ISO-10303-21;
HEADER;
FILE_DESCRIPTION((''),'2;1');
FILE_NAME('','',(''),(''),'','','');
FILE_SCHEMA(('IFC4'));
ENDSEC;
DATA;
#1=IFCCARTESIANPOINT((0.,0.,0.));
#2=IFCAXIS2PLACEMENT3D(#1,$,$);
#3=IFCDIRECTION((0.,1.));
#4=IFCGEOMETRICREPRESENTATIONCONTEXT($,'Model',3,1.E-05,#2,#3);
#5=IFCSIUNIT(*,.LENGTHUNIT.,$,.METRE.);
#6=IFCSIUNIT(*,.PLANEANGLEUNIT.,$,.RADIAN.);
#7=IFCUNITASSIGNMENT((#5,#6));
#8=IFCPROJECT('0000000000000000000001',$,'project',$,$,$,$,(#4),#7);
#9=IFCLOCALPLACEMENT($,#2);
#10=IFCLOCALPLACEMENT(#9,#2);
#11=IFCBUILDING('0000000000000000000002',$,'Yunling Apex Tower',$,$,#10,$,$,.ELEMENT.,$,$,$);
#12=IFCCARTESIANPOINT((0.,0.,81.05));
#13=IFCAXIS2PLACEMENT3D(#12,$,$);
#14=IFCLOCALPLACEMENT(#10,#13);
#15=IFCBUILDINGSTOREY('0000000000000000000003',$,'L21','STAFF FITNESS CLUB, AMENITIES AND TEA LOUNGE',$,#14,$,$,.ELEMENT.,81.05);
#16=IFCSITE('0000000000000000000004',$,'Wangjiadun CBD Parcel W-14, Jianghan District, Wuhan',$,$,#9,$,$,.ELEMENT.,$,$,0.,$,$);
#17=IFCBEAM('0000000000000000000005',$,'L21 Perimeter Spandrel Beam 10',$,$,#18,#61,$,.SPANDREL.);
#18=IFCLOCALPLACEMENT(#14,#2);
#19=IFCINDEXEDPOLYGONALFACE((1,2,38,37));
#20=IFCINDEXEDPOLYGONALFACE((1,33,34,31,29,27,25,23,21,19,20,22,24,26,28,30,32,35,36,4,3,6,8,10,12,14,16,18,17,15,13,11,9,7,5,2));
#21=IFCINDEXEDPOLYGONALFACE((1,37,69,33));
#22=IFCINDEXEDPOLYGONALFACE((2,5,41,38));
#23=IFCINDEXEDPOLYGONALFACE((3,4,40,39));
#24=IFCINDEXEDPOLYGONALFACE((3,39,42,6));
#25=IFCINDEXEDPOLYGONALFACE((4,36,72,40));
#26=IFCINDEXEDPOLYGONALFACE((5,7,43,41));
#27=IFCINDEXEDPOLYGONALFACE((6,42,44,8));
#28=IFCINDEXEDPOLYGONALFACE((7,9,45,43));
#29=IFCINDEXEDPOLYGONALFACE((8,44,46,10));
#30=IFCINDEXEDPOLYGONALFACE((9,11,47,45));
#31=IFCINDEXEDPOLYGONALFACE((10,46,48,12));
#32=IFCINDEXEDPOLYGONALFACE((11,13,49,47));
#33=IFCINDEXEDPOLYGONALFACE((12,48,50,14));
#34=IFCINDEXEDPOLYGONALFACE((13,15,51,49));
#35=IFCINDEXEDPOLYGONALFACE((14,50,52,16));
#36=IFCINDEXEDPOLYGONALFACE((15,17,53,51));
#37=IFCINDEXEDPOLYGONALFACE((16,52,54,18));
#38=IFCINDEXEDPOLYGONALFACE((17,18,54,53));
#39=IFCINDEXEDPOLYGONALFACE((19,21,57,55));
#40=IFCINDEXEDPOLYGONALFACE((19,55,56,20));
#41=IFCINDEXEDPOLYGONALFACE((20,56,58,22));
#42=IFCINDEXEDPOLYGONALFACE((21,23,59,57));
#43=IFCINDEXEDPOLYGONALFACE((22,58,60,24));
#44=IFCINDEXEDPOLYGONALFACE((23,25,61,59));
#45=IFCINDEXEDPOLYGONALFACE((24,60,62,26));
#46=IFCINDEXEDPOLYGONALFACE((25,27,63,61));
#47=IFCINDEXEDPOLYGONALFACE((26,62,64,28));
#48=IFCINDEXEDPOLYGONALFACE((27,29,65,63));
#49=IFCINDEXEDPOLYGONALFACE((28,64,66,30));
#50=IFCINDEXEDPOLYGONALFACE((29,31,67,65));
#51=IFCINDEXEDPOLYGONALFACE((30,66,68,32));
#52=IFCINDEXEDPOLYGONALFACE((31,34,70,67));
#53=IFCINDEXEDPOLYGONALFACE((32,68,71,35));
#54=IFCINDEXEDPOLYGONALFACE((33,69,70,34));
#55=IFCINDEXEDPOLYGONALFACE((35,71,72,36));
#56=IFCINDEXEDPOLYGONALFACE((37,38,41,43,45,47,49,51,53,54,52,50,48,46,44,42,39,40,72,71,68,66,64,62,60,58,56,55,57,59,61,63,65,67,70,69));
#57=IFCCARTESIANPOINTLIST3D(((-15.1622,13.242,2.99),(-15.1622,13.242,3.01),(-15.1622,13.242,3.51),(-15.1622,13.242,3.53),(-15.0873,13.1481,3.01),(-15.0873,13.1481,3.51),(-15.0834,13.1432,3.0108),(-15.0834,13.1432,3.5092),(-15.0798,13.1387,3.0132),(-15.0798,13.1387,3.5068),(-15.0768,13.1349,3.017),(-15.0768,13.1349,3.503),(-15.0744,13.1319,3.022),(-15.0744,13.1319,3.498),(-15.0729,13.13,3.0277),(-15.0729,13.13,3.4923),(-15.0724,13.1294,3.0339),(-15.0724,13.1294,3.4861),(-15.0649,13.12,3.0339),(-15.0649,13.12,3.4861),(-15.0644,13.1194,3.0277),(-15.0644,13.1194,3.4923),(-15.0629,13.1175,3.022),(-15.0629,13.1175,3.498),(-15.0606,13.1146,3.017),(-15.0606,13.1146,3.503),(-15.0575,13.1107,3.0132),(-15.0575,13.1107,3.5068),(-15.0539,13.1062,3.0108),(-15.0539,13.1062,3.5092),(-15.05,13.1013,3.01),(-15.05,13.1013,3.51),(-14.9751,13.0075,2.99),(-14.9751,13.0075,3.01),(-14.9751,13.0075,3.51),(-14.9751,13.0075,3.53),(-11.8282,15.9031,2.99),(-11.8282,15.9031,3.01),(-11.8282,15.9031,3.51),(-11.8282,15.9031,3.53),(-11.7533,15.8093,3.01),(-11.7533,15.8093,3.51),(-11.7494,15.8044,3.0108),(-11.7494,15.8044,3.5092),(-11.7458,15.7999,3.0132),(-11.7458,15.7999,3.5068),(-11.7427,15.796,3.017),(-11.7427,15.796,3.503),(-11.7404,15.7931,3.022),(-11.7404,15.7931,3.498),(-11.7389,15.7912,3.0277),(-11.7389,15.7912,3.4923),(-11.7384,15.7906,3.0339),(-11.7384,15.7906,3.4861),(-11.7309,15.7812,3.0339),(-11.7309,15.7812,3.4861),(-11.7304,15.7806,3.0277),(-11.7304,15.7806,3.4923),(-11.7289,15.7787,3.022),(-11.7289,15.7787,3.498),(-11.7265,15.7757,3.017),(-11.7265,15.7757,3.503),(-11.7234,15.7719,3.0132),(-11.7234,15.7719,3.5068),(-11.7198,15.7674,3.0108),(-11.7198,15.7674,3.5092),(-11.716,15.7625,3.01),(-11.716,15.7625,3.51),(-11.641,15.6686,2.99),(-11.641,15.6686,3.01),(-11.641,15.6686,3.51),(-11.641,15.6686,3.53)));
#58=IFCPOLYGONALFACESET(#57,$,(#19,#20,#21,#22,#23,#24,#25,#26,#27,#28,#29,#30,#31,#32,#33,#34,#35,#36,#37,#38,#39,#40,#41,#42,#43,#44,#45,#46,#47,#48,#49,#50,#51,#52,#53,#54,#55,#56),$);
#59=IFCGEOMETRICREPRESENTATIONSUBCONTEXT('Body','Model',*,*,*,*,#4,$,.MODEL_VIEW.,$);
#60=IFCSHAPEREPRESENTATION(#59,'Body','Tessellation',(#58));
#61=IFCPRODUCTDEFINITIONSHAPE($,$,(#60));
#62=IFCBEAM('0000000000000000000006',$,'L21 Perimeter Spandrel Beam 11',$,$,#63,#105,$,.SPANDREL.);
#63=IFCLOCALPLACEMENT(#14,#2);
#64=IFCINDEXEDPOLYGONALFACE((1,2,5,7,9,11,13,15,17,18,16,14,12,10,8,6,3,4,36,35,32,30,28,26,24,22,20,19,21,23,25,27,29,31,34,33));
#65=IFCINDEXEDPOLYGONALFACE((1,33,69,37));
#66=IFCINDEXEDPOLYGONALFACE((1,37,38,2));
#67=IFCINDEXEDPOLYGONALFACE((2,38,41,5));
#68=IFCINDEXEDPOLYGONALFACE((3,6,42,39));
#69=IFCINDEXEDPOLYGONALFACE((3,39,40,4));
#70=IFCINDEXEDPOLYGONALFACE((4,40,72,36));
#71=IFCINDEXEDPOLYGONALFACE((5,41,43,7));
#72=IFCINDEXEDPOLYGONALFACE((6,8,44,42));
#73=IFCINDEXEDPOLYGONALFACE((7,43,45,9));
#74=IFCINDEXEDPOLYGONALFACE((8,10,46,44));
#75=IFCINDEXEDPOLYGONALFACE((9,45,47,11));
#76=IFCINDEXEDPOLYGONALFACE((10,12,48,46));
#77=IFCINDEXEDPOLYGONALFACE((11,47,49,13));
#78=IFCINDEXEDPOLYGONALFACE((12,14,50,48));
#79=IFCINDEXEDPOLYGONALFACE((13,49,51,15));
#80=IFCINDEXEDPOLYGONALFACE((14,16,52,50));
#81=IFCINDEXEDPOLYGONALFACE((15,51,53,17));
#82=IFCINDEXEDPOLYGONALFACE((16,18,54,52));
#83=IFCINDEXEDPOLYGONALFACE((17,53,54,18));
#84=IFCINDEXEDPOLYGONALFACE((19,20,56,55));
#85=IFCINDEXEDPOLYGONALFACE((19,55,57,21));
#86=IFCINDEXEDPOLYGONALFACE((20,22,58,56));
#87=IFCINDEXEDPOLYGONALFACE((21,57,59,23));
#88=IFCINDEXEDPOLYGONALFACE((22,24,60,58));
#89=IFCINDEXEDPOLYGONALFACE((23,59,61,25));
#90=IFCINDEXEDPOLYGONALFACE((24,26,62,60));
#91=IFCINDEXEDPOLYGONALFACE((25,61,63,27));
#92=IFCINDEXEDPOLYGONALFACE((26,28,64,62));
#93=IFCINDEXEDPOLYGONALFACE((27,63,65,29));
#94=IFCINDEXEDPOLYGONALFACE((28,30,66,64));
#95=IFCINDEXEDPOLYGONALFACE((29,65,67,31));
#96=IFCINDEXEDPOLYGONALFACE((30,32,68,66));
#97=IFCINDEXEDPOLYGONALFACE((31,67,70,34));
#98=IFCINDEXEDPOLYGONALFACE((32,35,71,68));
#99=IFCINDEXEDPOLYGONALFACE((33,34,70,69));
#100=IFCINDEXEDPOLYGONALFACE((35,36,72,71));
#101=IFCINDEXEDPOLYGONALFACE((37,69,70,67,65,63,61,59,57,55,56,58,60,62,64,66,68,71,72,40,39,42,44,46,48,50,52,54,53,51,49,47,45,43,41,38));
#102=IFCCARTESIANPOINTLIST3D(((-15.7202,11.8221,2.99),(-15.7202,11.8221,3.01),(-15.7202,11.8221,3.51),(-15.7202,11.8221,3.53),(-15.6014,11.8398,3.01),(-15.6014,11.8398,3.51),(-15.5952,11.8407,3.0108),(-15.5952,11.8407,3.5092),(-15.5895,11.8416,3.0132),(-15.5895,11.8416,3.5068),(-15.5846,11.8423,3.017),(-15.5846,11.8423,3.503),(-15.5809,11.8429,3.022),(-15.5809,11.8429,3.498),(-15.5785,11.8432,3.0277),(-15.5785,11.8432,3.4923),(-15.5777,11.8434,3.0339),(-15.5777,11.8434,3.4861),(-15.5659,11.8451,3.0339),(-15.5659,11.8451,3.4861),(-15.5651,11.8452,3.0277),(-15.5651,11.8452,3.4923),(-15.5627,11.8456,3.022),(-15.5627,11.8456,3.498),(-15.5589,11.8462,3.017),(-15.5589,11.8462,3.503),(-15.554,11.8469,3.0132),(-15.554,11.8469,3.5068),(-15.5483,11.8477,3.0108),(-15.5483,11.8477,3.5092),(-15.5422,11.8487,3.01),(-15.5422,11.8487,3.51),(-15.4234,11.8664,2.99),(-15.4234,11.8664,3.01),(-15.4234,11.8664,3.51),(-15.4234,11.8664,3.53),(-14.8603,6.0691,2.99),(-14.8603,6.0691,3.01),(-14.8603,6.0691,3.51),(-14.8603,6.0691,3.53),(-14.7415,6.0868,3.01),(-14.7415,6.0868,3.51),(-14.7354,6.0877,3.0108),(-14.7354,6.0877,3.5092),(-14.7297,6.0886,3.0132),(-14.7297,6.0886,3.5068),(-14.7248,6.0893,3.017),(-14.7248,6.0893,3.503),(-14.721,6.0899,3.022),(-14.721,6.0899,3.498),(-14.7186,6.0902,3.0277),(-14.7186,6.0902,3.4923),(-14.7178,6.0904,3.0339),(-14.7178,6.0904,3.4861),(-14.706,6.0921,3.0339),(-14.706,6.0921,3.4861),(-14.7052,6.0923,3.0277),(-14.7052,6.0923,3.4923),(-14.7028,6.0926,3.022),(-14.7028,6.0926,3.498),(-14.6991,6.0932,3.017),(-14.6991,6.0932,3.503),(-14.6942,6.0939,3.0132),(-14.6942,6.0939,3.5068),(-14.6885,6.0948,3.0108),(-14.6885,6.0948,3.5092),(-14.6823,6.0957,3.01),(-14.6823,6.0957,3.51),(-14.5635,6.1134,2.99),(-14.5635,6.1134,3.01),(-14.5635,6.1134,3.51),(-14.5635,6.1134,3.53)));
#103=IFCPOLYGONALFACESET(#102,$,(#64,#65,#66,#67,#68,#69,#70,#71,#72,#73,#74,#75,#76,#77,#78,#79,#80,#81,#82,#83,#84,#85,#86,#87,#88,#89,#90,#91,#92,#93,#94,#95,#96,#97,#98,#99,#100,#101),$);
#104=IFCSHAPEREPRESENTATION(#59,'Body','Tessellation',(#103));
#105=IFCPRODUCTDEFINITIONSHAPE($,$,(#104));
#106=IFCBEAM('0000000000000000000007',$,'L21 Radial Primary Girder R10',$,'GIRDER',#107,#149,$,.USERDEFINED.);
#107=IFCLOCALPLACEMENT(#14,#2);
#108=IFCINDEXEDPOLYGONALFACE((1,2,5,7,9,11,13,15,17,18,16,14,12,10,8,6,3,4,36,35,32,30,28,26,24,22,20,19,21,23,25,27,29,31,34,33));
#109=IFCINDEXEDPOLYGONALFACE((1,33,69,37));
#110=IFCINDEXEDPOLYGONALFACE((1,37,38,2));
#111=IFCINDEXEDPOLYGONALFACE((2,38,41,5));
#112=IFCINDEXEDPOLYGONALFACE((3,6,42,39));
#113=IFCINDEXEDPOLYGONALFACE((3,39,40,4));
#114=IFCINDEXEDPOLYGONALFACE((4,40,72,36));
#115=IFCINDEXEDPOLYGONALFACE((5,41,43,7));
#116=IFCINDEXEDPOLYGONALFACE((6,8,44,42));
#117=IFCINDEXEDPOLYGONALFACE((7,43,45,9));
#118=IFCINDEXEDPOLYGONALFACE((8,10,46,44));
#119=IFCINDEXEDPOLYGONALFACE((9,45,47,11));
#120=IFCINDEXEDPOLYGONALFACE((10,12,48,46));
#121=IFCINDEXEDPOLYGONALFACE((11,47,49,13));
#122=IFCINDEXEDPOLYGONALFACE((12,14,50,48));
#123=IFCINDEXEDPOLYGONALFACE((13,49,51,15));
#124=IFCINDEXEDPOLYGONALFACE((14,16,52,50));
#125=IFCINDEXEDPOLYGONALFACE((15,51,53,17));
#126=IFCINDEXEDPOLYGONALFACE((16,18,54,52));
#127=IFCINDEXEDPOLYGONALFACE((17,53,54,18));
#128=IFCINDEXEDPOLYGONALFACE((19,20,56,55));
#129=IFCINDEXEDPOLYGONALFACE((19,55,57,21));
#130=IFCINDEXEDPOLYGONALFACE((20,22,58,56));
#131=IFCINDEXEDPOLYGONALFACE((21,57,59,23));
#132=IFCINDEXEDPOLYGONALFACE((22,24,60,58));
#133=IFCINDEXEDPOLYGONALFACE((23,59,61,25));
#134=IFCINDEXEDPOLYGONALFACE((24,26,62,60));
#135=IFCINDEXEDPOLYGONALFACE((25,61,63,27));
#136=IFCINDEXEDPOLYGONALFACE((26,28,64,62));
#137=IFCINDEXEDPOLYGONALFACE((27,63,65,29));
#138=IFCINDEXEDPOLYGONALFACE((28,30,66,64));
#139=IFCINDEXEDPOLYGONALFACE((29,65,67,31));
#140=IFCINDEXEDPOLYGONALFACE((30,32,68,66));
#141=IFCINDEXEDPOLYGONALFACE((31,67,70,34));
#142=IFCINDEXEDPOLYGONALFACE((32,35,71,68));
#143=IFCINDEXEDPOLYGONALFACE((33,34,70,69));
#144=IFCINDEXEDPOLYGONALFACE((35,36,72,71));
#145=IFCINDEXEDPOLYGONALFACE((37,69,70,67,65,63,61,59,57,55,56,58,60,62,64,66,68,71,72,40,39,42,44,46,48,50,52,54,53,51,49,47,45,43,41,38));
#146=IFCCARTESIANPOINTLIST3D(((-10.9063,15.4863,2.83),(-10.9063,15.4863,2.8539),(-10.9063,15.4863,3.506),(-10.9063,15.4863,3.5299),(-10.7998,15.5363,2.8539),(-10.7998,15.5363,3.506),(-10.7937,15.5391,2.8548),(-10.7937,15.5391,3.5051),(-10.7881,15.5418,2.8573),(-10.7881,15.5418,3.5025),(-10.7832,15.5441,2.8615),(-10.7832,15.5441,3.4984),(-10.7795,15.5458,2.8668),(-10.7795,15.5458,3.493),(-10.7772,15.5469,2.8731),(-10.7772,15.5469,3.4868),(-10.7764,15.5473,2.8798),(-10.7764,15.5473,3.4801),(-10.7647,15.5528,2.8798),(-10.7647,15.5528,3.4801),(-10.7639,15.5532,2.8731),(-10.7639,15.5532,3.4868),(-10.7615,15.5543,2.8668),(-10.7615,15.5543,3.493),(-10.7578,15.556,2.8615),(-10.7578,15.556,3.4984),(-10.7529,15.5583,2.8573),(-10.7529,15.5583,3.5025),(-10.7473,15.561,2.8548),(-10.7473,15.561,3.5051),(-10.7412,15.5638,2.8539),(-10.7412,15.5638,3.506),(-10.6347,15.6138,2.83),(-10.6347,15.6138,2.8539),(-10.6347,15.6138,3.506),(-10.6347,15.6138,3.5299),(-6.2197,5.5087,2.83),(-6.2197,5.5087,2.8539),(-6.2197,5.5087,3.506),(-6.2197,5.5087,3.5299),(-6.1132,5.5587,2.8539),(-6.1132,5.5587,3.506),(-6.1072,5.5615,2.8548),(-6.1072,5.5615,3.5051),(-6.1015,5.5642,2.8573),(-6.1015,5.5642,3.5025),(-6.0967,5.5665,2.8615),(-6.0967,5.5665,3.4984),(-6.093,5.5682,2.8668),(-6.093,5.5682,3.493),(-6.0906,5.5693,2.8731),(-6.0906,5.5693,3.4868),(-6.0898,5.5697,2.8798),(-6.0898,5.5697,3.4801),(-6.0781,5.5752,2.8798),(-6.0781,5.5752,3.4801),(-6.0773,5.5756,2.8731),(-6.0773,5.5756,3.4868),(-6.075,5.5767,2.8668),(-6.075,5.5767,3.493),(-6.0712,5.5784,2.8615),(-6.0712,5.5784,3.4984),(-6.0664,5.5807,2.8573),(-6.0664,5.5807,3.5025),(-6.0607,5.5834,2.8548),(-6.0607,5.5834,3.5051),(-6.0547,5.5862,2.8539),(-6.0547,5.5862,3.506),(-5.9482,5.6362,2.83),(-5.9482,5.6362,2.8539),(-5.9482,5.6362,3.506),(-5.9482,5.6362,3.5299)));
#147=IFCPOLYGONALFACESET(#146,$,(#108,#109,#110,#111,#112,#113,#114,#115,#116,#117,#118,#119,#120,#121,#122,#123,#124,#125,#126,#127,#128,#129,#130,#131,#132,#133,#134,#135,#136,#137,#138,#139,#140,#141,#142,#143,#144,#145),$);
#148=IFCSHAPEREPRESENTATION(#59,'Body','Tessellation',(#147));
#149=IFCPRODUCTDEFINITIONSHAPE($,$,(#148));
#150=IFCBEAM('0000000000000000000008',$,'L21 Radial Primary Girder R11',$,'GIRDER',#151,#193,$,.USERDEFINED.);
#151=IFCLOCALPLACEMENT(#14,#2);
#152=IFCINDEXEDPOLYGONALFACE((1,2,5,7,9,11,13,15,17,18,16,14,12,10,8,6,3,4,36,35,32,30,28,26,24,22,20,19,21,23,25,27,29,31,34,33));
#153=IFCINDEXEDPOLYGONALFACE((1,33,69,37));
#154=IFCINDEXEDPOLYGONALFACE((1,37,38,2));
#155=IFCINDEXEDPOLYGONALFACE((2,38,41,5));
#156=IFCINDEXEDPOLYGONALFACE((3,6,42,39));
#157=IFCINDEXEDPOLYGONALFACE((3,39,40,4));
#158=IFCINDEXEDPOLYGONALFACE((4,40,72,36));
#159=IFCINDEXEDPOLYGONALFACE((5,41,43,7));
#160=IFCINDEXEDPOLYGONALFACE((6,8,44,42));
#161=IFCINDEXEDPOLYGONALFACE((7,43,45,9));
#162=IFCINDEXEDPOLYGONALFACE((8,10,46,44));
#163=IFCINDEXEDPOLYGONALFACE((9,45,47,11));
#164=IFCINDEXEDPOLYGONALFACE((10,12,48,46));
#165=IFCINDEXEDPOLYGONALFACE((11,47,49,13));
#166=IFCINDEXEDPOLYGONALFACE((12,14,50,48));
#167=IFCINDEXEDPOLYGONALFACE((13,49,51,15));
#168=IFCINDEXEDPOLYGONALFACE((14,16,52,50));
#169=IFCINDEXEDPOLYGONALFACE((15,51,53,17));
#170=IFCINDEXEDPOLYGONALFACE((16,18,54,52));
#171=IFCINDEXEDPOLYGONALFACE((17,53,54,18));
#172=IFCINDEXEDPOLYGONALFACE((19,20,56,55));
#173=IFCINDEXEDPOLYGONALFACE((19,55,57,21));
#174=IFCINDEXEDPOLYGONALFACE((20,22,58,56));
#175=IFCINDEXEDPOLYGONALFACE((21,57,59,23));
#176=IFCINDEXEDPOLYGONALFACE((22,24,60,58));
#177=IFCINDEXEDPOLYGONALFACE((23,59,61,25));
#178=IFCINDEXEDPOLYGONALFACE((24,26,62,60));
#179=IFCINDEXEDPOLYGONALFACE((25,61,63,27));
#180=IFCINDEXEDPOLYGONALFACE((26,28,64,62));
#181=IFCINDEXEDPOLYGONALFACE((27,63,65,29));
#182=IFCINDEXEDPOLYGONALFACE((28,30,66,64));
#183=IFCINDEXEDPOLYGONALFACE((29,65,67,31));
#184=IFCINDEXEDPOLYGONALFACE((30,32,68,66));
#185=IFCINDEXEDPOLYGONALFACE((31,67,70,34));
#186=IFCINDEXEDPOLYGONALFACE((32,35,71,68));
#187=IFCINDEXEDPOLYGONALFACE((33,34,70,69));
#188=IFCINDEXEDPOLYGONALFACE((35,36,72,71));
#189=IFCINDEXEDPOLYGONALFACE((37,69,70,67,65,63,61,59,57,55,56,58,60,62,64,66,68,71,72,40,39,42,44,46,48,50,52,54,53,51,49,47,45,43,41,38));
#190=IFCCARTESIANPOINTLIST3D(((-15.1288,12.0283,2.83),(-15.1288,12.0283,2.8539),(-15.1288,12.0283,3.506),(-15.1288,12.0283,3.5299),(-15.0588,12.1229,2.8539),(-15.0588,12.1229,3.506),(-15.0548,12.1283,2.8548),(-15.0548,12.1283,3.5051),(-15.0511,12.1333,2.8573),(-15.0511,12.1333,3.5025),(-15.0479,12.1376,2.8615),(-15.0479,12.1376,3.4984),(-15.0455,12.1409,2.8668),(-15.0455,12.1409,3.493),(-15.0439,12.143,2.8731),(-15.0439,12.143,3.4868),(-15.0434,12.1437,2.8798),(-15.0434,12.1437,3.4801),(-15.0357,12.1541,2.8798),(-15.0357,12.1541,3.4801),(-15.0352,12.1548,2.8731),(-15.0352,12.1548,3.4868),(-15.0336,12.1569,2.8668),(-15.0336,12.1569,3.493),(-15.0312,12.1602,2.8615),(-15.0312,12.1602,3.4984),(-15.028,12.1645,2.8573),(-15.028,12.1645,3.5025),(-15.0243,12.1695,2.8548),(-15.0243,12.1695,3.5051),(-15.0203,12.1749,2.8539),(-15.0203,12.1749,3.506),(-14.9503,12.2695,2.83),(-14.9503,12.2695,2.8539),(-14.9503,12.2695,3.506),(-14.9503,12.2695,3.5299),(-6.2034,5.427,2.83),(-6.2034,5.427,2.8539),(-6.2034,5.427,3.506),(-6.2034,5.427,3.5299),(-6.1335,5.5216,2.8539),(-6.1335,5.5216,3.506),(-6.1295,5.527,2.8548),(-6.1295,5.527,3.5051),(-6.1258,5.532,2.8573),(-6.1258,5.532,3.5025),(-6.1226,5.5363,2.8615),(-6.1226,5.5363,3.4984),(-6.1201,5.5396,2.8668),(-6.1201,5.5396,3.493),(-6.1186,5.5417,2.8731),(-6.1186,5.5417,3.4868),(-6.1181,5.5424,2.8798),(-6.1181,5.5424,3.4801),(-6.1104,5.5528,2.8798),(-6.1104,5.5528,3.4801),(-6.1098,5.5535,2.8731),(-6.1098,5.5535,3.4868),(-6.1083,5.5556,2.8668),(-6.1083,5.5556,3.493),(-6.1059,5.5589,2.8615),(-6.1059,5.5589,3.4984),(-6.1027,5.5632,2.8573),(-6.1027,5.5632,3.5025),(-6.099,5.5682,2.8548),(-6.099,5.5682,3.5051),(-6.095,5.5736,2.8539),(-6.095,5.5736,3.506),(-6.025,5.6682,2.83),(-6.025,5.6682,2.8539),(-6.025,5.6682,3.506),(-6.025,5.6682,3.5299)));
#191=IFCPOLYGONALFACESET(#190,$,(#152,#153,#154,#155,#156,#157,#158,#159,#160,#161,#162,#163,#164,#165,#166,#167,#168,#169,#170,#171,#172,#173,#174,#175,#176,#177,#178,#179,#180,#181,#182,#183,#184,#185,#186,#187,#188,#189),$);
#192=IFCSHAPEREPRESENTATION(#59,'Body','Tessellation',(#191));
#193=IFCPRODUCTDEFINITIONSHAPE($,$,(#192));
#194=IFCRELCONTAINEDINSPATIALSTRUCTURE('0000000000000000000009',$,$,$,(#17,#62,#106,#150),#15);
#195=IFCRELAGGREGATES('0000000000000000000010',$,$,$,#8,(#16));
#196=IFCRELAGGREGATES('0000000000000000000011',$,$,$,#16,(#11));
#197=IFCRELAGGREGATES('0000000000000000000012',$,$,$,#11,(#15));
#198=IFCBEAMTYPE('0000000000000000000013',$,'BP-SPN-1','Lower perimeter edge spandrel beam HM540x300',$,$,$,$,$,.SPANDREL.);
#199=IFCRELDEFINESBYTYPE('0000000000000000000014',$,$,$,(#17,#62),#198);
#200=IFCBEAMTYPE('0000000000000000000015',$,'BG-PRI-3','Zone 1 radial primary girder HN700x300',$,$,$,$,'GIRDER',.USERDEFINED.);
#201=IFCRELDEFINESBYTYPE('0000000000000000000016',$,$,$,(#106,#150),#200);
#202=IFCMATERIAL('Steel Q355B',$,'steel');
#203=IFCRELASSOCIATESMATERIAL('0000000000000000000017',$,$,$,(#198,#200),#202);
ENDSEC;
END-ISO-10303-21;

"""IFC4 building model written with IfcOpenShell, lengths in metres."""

from ifc_helpers import new_model, si_unit, direction, frame, origin, origin_2d, place, context, subcontext, project, spatial, i_section, extrude, source, transform, mapped, material, material_profile, profile_set, type_object, element, save


model = new_model("IFC4")

# Units and contexts
model_context = context("Model", 3, precision=1e-05, world=origin(), true_north=direction((0.0, 1.0)))
body_context = subcontext(model_context, "Body", "Model", "MODEL_VIEW")
ifc_project = project(units=[si_unit("LENGTHUNIT", "METRE"), si_unit("PLANEANGLEUNIT", "RADIAN")], contexts=[model_context])

# Site, building, storey
site_placement = place(None, origin())
site = spatial("IfcSite", under=ifc_project, at=site_placement, Name="Wangjiadun CBD Parcel W-14, Jianghan District, Wuhan", CompositionType="ELEMENT", RefElevation=0.0)
building_placement = place(site_placement, origin())
building = spatial("IfcBuilding", under=site, at=building_placement, Name="Yunling Apex Tower", CompositionType="ELEMENT")
storey_placement = place(building_placement, frame((0.0, 0.0, 81.05)))
storey = spatial("IfcBuildingStorey", under=building, at=storey_placement, Name="L21", Description="STAFF FITNESS CLUB, AMENITIES AND TEA LOUNGE", CompositionType="ELEMENT", Elevation=81.05)

# Beams
ifc_material_1 = material(Name="Steel Q355B", Category="steel")
ifc_material_profile_1 = material_profile(ifc_material_1, i_section(OverallWidth=0.3, OverallDepth=0.54, WebThickness=0.012, FlangeThickness=0.02, FilletRadius=0.0239, at=origin_2d()))
ifc_profile_set_1 = profile_set([ifc_material_profile_1], Name="Steel Q355B")
beam_type_1 = type_object("IfcBeamType", Name="BP-SPN-1", Description="Lower perimeter edge spandrel beam HM540x300", PredefinedType="SPANDREL", material=ifc_profile_set_1)
shared_shape_1 = source(origin(), body_context, "Body", "SweptSolid", [
    extrude(i_section(OverallWidth=0.3, OverallDepth=0.54, WebThickness=0.012, FlangeThickness=0.02, FilletRadius=0.0239, at=origin_2d()), origin(), (0.0, 0.0, 1.0), 4.2659),
])
beam_1_placement = place(storey_placement, frame((-11.7346, 15.7859, 3.26), z_axis=(-0.781561, -0.623829, 0.0), x_axis=(0.623829, -0.781561, 0.0)))
element("IfcBeam", 1, at=beam_1_placement, inside=storey, type_object=beam_type_1, Name="L21 Perimeter Spandrel Beam 10", PredefinedType="SPANDREL", context=body_context, shape_type="MappedRepresentation", body=[
    mapped(shared_shape_1, transform((0.0, 0.0, 0.0), scale=1.0)),
])
shared_shape_2 = source(origin(), body_context, "Body", "SweptSolid", [
    extrude(i_section(OverallWidth=0.3, OverallDepth=0.54, WebThickness=0.012, FlangeThickness=0.02, FilletRadius=0.0239, at=origin_2d()), origin(), (0.0, 0.0, 1.0), 5.8169),
])
beam_2_placement = place(storey_placement, frame((-15.5718, 11.8442, 3.26), z_axis=(0.147823, -0.989014, 0.0), x_axis=(0.989014, 0.147823, 0.0)))
element("IfcBeam", 2, at=beam_2_placement, inside=storey, type_object=beam_type_1, Name="L21 Perimeter Spandrel Beam 11", PredefinedType="SPANDREL", context=body_context, shape_type="MappedRepresentation", body=[
    mapped(shared_shape_2, transform((0.0, 0.0, 0.0), scale=1.0)),
])
ifc_material_profile_2 = material_profile(ifc_material_1, i_section(OverallWidth=0.3, OverallDepth=0.7, WebThickness=0.0129, FlangeThickness=0.0239, FilletRadius=0.0259, at=origin_2d()))
ifc_profile_set_2 = profile_set([ifc_material_profile_2], Name="Steel Q355B")
beam_type_2 = type_object("IfcBeamType", Name="BG-PRI-3", Description="Zone 1 radial primary girder HN700x300", ElementType="GIRDER", PredefinedType="USERDEFINED", material=ifc_profile_set_2)
shared_shape_3 = source(origin(), body_context, "Body", "SweptSolid", [
    extrude(i_section(OverallWidth=0.3, OverallDepth=0.7, WebThickness=0.0129, FlangeThickness=0.0239, FilletRadius=0.0259, at=origin_2d()), origin(), (0.0, 0.0, 1.0), 11.0234),
])
beam_3_placement = place(storey_placement, frame((-10.7705, 15.55, 3.1799), z_axis=(0.425144, -0.905126, 0.0), x_axis=(0.905126, 0.425144, 0.0)))
element("IfcBeam", 3, at=beam_3_placement, inside=storey, type_object=beam_type_2, Name="L21 Radial Primary Girder R10", ObjectType="GIRDER", PredefinedType="USERDEFINED", context=body_context, shape_type="MappedRepresentation", body=[
    mapped(shared_shape_3, transform((0.0, 0.0, 0.0), scale=1.0)),
])
shared_shape_4 = source(origin(), body_context, "Body", "SweptSolid", [
    extrude(i_section(OverallWidth=0.3, OverallDepth=0.7, WebThickness=0.0129, FlangeThickness=0.0239, FilletRadius=0.0259, at=origin_2d()), origin(), (0.0, 0.0, 1.0), 11.1013),
])
beam_4_placement = place(storey_placement, frame((-15.0396, 12.1489, 3.1799), z_axis=(0.803988, -0.594645, 0.0), x_axis=(0.594645, 0.803988, 0.0)))
element("IfcBeam", 4, at=beam_4_placement, inside=storey, type_object=beam_type_2, Name="L21 Radial Primary Girder R11", ObjectType="GIRDER", PredefinedType="USERDEFINED", context=body_context, shape_type="MappedRepresentation", body=[
    mapped(shared_shape_4, transform((0.0, 0.0, 0.0), scale=1.0)),
])

save(model, "model.ifc")
